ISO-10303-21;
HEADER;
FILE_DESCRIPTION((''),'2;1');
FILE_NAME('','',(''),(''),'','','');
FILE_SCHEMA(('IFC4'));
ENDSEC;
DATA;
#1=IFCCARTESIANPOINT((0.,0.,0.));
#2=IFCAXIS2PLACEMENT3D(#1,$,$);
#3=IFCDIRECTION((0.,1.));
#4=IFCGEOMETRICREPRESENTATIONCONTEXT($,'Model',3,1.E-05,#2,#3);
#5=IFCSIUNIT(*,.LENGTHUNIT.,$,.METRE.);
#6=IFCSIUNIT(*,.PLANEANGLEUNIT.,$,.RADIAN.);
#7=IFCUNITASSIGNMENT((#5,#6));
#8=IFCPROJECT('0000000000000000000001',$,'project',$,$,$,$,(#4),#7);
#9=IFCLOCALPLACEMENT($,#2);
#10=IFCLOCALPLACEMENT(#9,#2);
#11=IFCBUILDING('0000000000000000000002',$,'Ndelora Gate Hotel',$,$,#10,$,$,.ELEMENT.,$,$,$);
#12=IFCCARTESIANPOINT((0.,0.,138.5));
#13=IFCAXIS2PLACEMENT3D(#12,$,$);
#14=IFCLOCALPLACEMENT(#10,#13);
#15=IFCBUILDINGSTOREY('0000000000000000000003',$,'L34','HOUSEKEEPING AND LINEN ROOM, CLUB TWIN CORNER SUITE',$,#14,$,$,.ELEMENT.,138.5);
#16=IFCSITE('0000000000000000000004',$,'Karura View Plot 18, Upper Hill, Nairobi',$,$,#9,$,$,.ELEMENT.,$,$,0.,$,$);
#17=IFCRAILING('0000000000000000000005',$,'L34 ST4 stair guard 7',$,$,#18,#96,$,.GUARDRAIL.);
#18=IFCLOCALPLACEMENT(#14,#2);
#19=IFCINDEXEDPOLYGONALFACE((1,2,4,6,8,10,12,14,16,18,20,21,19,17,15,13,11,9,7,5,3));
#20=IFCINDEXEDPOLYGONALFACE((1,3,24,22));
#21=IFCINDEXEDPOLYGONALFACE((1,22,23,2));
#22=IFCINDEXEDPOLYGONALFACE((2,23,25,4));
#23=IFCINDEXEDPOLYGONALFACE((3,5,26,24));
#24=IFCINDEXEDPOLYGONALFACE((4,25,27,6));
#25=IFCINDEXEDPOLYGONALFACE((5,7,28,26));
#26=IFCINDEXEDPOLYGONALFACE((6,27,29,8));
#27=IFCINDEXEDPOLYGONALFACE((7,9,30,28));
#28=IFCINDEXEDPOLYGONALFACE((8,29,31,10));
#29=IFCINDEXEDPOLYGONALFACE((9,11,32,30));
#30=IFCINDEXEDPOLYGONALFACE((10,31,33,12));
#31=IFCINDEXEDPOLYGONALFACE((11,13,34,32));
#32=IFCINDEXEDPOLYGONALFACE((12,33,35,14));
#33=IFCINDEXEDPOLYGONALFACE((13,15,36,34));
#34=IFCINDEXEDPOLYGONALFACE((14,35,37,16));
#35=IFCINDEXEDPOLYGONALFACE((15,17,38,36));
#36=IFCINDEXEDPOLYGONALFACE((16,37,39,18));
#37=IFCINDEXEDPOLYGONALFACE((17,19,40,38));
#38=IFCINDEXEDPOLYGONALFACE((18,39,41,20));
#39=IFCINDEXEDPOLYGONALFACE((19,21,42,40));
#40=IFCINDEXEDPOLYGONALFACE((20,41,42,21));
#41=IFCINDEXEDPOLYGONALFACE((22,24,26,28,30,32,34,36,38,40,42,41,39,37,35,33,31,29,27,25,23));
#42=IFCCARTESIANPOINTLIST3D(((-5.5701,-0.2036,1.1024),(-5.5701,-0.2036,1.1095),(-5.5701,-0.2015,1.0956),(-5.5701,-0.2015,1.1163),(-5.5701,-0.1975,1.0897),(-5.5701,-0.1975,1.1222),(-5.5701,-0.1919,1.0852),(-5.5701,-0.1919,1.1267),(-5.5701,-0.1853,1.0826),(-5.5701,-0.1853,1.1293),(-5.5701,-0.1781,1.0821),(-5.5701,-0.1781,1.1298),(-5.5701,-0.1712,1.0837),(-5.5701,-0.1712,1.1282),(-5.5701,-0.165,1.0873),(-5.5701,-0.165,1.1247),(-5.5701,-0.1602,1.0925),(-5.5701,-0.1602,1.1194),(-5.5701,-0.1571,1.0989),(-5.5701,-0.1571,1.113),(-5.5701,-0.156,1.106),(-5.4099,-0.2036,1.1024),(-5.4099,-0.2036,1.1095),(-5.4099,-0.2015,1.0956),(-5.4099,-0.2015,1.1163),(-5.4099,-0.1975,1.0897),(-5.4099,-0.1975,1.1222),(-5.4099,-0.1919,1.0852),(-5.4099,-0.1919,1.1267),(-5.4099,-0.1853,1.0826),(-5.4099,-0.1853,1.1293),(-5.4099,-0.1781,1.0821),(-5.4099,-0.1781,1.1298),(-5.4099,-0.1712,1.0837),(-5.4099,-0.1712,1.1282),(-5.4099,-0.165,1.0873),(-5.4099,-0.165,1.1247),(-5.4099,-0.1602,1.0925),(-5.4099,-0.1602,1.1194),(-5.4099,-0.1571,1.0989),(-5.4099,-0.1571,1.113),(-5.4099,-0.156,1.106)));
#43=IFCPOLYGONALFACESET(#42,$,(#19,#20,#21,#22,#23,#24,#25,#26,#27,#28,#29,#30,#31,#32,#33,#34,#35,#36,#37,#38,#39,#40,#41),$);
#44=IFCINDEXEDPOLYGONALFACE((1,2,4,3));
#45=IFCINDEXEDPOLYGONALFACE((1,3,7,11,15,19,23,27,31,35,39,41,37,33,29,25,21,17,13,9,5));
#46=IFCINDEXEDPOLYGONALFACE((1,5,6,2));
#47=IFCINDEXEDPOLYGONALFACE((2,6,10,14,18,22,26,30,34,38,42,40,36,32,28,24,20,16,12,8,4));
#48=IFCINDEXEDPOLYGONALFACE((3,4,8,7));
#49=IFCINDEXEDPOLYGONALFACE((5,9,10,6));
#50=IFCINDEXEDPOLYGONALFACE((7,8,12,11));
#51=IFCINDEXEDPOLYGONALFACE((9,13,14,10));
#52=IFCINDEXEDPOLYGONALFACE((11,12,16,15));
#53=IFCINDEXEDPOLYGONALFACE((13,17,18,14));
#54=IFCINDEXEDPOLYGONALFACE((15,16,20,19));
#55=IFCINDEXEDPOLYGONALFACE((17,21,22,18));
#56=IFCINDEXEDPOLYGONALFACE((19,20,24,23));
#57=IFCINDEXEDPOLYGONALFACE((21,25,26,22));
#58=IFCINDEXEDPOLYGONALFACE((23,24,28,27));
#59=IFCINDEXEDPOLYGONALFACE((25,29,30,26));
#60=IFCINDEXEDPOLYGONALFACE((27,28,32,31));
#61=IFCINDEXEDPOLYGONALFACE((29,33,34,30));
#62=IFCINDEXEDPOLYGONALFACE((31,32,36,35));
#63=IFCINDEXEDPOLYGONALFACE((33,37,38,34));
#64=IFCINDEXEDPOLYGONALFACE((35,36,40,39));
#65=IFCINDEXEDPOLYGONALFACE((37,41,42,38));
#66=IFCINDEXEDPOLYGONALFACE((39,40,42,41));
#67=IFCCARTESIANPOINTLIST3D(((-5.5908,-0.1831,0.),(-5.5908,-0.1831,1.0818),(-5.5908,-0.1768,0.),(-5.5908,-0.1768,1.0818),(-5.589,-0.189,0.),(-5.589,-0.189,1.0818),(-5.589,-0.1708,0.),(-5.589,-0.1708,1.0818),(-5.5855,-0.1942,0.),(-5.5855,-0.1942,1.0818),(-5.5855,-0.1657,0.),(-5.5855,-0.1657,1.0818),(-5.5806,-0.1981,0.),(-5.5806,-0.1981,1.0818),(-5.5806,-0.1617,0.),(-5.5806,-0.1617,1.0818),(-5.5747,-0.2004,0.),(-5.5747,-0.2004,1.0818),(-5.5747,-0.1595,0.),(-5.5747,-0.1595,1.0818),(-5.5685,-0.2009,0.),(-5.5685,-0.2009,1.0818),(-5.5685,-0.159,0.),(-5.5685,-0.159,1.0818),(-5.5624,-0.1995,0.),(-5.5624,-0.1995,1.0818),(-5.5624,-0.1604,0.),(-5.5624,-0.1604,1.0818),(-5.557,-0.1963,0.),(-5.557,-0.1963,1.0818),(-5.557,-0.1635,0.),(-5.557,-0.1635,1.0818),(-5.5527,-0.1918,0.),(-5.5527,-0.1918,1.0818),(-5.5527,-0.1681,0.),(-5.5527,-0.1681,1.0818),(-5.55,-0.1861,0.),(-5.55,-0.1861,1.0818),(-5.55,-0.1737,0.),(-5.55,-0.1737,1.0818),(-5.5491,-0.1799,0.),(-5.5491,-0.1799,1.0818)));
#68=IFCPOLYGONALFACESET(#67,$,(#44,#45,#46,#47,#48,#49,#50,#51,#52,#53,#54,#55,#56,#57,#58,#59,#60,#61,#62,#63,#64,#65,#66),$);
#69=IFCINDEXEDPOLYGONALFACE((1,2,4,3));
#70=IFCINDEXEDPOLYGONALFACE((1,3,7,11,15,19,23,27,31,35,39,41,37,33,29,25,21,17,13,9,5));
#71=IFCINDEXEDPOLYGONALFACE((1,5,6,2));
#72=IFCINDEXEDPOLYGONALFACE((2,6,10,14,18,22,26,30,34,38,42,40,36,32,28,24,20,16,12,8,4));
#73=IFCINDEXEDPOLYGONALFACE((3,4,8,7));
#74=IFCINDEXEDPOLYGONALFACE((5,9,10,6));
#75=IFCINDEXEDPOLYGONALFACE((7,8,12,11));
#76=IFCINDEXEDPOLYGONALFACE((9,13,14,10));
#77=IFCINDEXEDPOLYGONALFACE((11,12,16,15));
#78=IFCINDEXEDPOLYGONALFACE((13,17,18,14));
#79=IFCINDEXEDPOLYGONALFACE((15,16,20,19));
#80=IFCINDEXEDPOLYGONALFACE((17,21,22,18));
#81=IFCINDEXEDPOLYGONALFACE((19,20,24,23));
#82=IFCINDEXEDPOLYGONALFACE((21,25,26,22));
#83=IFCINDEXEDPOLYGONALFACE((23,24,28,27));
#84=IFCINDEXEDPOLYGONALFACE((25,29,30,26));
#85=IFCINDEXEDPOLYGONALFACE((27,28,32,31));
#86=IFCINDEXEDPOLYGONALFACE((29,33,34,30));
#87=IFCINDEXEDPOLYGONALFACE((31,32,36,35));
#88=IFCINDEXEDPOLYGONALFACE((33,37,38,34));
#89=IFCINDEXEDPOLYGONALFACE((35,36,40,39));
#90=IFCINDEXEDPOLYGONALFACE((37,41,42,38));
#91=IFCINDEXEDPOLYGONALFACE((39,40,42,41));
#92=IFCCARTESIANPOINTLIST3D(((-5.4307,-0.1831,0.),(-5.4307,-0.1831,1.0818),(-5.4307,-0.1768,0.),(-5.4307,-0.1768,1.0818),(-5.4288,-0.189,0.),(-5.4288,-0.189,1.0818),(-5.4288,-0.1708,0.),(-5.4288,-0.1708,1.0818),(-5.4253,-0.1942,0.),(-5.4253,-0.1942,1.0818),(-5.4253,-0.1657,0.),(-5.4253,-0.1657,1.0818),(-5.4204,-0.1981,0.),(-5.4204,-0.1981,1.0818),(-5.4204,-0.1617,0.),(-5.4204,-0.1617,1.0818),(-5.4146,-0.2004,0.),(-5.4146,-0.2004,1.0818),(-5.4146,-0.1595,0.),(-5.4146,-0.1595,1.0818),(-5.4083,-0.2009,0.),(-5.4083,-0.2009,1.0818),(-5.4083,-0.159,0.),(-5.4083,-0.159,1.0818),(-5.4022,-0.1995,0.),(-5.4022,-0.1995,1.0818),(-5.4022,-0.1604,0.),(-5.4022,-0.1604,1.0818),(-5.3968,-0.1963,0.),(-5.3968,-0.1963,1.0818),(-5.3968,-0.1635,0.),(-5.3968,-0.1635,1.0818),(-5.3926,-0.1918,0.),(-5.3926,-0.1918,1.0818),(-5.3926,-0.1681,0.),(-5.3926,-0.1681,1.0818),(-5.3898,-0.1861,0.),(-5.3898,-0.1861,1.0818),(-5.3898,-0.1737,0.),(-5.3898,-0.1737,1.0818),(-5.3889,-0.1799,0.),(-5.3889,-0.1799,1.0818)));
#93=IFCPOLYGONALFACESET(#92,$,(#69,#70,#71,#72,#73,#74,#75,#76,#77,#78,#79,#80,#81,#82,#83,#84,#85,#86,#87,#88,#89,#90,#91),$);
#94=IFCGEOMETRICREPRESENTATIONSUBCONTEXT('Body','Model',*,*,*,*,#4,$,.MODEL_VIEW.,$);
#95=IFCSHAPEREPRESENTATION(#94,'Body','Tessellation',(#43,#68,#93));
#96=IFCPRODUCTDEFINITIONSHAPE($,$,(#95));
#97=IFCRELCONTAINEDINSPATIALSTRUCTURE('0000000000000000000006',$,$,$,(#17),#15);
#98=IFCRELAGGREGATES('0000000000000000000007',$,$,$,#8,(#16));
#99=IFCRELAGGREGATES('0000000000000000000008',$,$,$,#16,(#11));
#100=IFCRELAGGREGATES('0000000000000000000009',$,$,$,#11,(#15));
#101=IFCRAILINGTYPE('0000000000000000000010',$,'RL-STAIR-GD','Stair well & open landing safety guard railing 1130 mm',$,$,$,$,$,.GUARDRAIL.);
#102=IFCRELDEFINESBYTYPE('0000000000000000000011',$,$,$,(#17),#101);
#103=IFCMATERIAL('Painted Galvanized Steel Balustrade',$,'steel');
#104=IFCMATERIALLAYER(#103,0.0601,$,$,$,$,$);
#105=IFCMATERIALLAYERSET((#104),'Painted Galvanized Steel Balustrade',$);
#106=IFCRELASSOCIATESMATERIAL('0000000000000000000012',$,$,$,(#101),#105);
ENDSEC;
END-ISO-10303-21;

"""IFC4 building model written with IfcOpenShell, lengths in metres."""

from ifc_helpers import new_model, si_unit, direction, frame, origin, origin_2d, place, context, subcontext, project, spatial, circle, extrude, material, layer, layer_set, type_object, element, save


model = new_model("IFC4")

# Units and contexts
model_context = context("Model", 3, precision=1e-05, world=origin(), true_north=direction((0.0, 1.0)))
body_context = subcontext(model_context, "Body", "Model", "MODEL_VIEW")
ifc_project = project(units=[si_unit("LENGTHUNIT", "METRE"), si_unit("PLANEANGLEUNIT", "RADIAN")], contexts=[model_context])

# Site, building, storey
site_placement = place(None, origin())
site = spatial("IfcSite", under=ifc_project, at=site_placement, Name="Karura View Plot 18, Upper Hill, Nairobi", CompositionType="ELEMENT", RefElevation=0.0)
building_placement = place(site_placement, origin())
building = spatial("IfcBuilding", under=site, at=building_placement, Name="Ndelora Gate Hotel", CompositionType="ELEMENT")
storey_placement = place(building_placement, frame((0.0, 0.0, 138.5)))
storey = spatial("IfcBuildingStorey", under=building, at=storey_placement, Name="L34", Description="HOUSEKEEPING AND LINEN ROOM, CLUB TWIN CORNER SUITE", CompositionType="ELEMENT", Elevation=138.5)

# Railing
ifc_material_1 = material(Name="Painted Galvanized Steel Balustrade", Category="steel")
ifc_layer_1 = layer(ifc_material_1, 0.0601)
ifc_layer_set_1 = layer_set([ifc_layer_1], Name="Painted Galvanized Steel Balustrade")
railing_type_1 = type_object("IfcRailingType", Name="RL-STAIR-GD", Description="Stair well & open landing safety guard railing 1130 mm", PredefinedType="GUARDRAIL", material=ifc_layer_set_1)
railing_1_placement = place(storey_placement, frame((-5.5701, -0.1799, 0.0)))
element("IfcRailing", 1, at=railing_1_placement, inside=storey, type_object=railing_type_1, Name="L34 ST4 stair guard 7", PredefinedType="GUARDRAIL", context=body_context, shape_type="SweptSolid", body=[
    extrude(circle(Radius=0.0239, at=origin_2d()), frame((0.0, 0.0, 1.106), z_axis=(1.0, 0.0, 0.0), x_axis=(0.0, 1.0, 0.0)), (0.0, 0.0, 1.0), 0.1602),
    extrude(circle(Radius=0.021, at=origin_2d()), origin(), (0.0, 0.0, 1.0), 1.0818),
    extrude(circle(Radius=0.021, at=origin_2d()), frame((0.1602, 0.0, 0.0)), (0.0, 0.0, 1.0), 1.0818),
])

save(model, "model.ifc")
